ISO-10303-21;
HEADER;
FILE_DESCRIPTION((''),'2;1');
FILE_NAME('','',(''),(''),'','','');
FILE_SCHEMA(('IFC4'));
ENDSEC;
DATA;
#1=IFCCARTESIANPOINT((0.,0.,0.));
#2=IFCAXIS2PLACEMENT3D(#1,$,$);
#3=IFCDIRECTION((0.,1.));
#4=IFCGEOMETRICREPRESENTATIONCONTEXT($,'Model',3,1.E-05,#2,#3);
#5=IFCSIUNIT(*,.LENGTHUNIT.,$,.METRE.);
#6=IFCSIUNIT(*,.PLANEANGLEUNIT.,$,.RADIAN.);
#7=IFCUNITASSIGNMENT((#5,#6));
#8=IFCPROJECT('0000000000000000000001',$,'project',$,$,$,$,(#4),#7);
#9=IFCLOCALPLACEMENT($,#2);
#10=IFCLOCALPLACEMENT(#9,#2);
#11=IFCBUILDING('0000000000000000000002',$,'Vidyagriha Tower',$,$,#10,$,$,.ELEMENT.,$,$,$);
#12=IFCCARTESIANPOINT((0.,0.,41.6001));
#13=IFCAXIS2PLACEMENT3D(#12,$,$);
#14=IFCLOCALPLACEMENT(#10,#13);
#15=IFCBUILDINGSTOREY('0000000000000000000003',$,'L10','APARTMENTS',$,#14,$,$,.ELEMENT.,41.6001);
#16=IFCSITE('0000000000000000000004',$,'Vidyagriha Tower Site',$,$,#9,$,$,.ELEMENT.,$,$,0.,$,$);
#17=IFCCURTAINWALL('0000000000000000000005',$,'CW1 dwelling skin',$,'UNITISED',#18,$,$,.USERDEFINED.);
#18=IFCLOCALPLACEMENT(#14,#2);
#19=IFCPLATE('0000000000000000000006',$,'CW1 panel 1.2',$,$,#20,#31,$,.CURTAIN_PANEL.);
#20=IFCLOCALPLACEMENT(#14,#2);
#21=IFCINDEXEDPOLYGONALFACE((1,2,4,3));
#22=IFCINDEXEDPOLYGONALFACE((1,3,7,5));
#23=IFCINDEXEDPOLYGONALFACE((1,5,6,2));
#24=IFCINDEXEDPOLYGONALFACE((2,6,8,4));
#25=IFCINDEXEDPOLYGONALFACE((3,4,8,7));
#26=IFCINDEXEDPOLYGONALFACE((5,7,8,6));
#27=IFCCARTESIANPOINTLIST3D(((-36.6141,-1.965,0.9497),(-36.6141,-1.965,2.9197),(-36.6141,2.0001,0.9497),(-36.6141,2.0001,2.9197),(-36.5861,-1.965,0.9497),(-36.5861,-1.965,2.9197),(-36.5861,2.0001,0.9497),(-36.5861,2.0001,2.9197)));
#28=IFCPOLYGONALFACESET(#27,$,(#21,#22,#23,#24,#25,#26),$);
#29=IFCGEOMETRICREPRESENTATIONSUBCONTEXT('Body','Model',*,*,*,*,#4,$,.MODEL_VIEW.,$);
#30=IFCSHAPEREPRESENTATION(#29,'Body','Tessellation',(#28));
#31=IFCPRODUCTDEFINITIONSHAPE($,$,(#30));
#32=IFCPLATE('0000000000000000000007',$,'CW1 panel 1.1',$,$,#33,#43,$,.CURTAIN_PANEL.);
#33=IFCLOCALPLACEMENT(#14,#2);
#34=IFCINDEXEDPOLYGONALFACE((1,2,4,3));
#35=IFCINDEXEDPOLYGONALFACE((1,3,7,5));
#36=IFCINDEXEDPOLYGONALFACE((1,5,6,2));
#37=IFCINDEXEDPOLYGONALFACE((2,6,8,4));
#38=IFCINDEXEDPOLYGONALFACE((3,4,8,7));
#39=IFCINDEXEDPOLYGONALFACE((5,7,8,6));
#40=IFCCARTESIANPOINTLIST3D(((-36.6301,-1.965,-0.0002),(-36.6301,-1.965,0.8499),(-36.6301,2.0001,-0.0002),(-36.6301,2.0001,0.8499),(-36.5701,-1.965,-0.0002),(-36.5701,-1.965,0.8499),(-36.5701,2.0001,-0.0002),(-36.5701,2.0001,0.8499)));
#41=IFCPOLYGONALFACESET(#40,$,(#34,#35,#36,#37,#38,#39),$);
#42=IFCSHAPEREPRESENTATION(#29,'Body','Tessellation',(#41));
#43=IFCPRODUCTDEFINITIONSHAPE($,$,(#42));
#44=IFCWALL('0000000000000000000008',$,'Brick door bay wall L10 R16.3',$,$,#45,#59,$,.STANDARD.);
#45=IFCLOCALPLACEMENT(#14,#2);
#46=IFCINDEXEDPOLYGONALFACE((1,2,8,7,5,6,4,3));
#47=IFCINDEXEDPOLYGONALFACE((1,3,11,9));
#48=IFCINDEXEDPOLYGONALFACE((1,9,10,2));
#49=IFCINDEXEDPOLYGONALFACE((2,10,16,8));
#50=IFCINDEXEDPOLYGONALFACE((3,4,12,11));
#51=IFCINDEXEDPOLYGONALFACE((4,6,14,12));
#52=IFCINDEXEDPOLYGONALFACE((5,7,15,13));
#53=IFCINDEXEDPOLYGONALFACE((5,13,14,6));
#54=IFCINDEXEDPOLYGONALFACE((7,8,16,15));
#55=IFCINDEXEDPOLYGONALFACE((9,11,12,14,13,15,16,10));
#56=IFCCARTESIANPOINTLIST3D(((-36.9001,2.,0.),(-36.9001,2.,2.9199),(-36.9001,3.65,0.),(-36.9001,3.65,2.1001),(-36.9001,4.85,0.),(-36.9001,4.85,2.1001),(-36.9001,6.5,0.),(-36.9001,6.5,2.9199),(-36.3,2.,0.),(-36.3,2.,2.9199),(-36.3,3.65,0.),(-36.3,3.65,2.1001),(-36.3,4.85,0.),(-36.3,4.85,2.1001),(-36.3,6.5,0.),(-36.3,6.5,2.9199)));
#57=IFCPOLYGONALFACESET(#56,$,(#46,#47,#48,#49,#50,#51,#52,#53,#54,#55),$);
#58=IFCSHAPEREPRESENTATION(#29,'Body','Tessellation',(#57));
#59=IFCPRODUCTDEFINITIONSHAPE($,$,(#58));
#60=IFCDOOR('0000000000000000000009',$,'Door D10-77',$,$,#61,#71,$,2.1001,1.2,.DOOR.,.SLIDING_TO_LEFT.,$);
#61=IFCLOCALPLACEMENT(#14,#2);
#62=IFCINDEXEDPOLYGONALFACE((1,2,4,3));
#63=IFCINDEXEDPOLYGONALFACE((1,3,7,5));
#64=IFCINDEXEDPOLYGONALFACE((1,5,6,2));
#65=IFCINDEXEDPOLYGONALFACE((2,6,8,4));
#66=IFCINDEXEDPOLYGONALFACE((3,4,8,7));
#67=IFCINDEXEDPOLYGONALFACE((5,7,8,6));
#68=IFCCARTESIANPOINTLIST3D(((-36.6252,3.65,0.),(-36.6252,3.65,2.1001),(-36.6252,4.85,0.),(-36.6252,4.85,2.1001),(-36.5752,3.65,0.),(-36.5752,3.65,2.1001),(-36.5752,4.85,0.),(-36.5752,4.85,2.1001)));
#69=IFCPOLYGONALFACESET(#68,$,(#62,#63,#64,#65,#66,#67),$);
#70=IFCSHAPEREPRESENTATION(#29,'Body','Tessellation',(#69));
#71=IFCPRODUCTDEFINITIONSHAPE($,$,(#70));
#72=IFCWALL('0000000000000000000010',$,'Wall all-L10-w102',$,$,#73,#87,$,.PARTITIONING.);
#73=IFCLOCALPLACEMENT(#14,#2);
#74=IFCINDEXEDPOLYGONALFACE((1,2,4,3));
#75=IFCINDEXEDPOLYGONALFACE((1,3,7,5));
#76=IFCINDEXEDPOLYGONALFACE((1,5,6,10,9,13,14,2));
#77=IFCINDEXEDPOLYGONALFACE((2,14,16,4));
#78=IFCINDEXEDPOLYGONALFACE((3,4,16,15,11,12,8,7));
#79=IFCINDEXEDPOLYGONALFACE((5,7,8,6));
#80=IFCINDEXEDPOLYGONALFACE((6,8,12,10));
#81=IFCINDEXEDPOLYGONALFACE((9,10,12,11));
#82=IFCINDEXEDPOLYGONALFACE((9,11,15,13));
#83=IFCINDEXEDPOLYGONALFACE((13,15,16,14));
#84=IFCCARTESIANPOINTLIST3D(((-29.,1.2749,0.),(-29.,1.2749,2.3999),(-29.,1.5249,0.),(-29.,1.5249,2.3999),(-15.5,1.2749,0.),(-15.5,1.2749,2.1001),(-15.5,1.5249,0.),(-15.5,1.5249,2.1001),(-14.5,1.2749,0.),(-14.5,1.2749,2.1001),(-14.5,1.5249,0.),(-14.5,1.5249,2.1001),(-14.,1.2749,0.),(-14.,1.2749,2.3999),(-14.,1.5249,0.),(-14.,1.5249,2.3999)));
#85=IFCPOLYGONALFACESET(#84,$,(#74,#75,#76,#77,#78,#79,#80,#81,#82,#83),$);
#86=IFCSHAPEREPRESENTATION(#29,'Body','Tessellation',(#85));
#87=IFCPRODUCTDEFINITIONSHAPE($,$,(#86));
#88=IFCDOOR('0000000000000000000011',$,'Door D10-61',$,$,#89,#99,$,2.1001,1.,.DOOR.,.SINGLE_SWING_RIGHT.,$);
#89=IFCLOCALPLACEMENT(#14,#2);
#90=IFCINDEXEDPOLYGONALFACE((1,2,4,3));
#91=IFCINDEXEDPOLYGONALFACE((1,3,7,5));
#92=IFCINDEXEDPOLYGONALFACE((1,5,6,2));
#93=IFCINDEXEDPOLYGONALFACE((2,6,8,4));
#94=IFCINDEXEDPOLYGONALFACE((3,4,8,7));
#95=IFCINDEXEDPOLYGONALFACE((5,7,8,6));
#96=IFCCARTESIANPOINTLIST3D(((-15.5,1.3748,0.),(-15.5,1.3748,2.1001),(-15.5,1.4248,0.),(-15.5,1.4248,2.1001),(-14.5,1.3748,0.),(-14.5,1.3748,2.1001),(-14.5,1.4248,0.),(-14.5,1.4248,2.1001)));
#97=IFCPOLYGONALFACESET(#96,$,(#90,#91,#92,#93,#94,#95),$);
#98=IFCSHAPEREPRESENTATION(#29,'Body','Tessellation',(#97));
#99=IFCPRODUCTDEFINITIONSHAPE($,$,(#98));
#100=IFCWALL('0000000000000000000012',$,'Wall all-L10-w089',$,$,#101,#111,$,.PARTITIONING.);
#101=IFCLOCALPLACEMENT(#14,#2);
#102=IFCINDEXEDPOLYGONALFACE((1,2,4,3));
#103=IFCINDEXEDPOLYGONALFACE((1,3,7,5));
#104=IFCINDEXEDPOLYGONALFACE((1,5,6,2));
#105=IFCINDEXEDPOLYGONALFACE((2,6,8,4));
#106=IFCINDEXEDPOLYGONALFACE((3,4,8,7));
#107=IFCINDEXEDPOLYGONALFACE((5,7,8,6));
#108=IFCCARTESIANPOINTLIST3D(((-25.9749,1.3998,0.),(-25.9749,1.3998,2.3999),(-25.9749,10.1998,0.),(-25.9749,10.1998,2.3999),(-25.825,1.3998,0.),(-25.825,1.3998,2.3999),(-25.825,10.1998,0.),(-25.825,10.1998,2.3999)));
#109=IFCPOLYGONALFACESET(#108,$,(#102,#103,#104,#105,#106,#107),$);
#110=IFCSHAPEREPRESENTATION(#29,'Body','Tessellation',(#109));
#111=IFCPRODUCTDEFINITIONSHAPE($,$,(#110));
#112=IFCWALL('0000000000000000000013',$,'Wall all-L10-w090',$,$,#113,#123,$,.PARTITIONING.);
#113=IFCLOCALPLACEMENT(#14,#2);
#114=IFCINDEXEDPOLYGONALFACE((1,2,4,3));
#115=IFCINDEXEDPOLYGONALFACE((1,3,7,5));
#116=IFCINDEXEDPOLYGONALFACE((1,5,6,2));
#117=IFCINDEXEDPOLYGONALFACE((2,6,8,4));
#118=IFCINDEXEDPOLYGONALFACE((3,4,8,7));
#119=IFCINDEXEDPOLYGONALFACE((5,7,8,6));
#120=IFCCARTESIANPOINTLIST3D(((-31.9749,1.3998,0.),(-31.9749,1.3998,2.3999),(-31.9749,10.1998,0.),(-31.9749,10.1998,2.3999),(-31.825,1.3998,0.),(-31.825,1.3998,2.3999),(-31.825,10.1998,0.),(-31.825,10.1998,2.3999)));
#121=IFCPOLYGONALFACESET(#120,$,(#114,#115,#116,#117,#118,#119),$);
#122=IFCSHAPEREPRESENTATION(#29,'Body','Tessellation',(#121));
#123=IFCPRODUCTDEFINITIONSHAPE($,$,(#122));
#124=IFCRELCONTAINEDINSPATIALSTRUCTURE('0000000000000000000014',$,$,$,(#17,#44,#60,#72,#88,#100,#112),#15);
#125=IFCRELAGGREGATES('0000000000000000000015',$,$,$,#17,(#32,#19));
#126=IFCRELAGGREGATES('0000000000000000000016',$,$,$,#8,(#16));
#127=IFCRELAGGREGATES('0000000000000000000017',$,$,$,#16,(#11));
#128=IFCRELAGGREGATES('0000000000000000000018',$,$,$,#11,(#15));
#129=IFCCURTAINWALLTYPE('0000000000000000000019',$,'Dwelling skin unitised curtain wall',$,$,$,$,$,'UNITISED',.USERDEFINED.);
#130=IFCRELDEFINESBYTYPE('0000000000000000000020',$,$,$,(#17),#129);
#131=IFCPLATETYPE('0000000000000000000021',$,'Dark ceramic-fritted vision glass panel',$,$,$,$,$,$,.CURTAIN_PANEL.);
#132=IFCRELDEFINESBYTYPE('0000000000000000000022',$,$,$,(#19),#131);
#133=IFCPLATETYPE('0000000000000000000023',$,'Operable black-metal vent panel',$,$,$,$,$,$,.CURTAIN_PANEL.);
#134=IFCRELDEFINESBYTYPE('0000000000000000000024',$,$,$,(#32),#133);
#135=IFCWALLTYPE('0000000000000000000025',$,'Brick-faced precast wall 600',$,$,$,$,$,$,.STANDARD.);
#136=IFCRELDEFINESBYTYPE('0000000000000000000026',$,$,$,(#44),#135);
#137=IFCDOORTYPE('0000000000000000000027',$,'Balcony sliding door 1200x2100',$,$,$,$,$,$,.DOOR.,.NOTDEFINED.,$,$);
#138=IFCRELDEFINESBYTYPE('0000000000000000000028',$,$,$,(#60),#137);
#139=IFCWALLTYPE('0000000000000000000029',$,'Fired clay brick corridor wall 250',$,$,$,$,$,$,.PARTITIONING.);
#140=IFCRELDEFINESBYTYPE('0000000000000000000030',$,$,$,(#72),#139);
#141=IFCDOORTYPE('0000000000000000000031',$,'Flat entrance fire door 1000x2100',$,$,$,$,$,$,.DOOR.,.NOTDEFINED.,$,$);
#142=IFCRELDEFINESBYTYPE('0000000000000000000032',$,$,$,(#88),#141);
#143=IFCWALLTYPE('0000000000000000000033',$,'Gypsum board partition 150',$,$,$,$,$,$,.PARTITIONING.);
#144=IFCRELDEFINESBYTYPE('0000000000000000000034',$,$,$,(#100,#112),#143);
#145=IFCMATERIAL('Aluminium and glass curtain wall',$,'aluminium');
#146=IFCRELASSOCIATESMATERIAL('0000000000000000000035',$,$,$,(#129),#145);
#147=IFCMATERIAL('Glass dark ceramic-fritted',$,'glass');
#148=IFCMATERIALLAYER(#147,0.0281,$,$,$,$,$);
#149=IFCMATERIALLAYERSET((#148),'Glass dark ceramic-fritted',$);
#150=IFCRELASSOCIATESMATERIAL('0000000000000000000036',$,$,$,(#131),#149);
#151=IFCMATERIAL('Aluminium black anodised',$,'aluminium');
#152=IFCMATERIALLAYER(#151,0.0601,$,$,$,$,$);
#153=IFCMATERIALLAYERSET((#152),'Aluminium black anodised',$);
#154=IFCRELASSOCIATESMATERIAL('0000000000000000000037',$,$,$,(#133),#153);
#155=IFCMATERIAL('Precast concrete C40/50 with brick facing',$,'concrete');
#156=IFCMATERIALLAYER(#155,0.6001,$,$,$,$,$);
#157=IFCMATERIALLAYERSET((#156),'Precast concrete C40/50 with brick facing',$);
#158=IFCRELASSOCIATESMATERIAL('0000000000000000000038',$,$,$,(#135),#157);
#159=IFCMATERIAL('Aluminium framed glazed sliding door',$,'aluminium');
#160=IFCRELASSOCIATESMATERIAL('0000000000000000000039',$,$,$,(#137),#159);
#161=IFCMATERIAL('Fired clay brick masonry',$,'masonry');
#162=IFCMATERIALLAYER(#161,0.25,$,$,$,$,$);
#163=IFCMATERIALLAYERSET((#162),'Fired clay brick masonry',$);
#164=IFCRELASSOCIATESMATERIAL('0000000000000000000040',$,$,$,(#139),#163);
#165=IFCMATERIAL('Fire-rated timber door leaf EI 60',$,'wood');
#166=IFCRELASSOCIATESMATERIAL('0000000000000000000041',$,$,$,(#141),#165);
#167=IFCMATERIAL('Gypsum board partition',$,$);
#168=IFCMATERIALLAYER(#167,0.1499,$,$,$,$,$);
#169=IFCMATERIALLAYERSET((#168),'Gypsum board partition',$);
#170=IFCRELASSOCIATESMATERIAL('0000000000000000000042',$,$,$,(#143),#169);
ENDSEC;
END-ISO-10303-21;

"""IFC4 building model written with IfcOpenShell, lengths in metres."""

from ifc_helpers import new_model, si_unit, direction, frame, frame_2d, origin, origin_2d, place, context, subcontext, project, spatial, rectangle, extrude, material, layer, layer_set, type_object, element, fill, aggregate, save


model = new_model("IFC4")

# Units and contexts
model_context = context("Model", 3, precision=1e-05, world=origin(), true_north=direction((0.0, 1.0)))
body_context = subcontext(model_context, "Body", "Model", "MODEL_VIEW")
ifc_project = project(units=[si_unit("LENGTHUNIT", "METRE"), si_unit("PLANEANGLEUNIT", "RADIAN")], contexts=[model_context])

# Site, building, storey
site_placement = place(None, origin())
site = spatial("IfcSite", under=ifc_project, at=site_placement, Name="Vidyagriha Tower Site", CompositionType="ELEMENT", RefElevation=0.0)
building_placement = place(site_placement, origin())
building = spatial("IfcBuilding", under=site, at=building_placement, Name="Vidyagriha Tower", CompositionType="ELEMENT")
storey_placement = place(building_placement, frame((0.0, 0.0, 41.6001)))
storey = spatial("IfcBuildingStorey", under=building, at=storey_placement, Name="L10", Description="APARTMENTS", CompositionType="ELEMENT", Elevation=41.6001)

# Shared definitions
ifc_material_1 = material(Name="Aluminium and glass curtain wall", Category="aluminium")
curtain_wall_type = type_object("IfcCurtainWallType", Name="Dwelling skin unitised curtain wall", ElementType="UNITISED", PredefinedType="USERDEFINED", material=ifc_material_1)

# Curtain wall
curtain_wall_1_placement = place(storey_placement, origin())
curtain_wall_1 = element("IfcCurtainWall", 1, at=curtain_wall_1_placement, inside=storey, type_object=curtain_wall_type, Name="CW1 dwelling skin", ObjectType="UNITISED", PredefinedType="USERDEFINED")

# Plates
ifc_material_2 = material(Name="Glass dark ceramic-fritted", Category="glass")
ifc_layer_1 = layer(ifc_material_2, 0.0281)
ifc_layer_set_1 = layer_set([ifc_layer_1], Name="Glass dark ceramic-fritted")
plate_type_1 = type_object("IfcPlateType", Name="Dark ceramic-fritted vision glass panel", PredefinedType="CURTAIN_PANEL", material=ifc_layer_set_1)
plate_1_placement = place(storey_placement, frame((-36.6001, 0.0176, 0.9497), z_axis=(0.0, 0.0, 1.0), x_axis=(0.0, -1.0, 0.0)))
plate_1 = element("IfcPlate", 2, at=plate_1_placement, type_object=plate_type_1, Name="CW1 panel 1.2", PredefinedType="CURTAIN_PANEL", context=body_context, shape_type="SweptSolid", body=[
    extrude(rectangle(XDim=3.9651, YDim=0.0281, at=origin_2d()), origin(), (0.0, 0.0, 1.0), 1.97),
])
ifc_material_3 = material(Name="Aluminium black anodised", Category="aluminium")
ifc_layer_2 = layer(ifc_material_3, 0.0601)
ifc_layer_set_2 = layer_set([ifc_layer_2], Name="Aluminium black anodised")
plate_type_2 = type_object("IfcPlateType", Name="Operable black-metal vent panel", PredefinedType="CURTAIN_PANEL", material=ifc_layer_set_2)
plate_2_placement = place(storey_placement, frame((-36.6001, 0.0176, -0.0002), z_axis=(0.0, 0.0, 1.0), x_axis=(0.0, -1.0, 0.0)))
plate_2 = element("IfcPlate", 3, at=plate_2_placement, type_object=plate_type_2, Name="CW1 panel 1.1", PredefinedType="CURTAIN_PANEL", context=body_context, shape_type="SweptSolid", body=[
    extrude(rectangle(XDim=3.9651, YDim=0.0601, at=origin_2d()), origin(), (0.0, 0.0, 1.0), 0.8501),
])
aggregate(curtain_wall_1, [plate_2, plate_1])

# Walls, openings, doors
ifc_material_4 = material(Name="Precast concrete C40/50 with brick facing", Category="concrete")
ifc_layer_3 = layer(ifc_material_4, 0.6001)
ifc_layer_set_3 = layer_set([ifc_layer_3], Name="Precast concrete C40/50 with brick facing")
wall_type_1 = type_object("IfcWallType", Name="Brick-faced precast wall 600", PredefinedType="STANDARD", material=ifc_layer_set_3)
wall_1_placement = place(storey_placement, frame((-36.6001, 6.5, 0.0), z_axis=(0.0, 0.0, 1.0), x_axis=(0.0, -1.0, 0.0)))
wall_1 = element("IfcWall", 4, at=wall_1_placement, inside=storey, type_object=wall_type_1, Name="Brick door bay wall L10 R16.3", PredefinedType="STANDARD", context=body_context, shape_type="SweptSolid", body=[
    extrude(rectangle(XDim=4.5, YDim=0.6001, at=frame_2d((2.25, 0.0))), origin(), (0.0, 0.0, 1.0), 2.9199),
])
opening_1_placement = place(wall_1_placement, frame((1.6499, 0.0, 0.0)))
opening_1 = element("IfcOpeningElement", 5, at=opening_1_placement, cuts=wall_1, PredefinedType="OPENING", context=body_context, shape_type="SweptSolid", body=[
    extrude(rectangle(XDim=1.2, YDim=2.1001, at=frame_2d((0.6001, 1.05))), frame((0.0, 0.3101, 0.0), z_axis=(0.0, -1.0, 0.0), x_axis=(1.0, 0.0, 0.0)), (0.0, 0.0, 1.0), 0.6201),
])
ifc_material_5 = material(Name="Aluminium framed glazed sliding door", Category="aluminium")
door_type_1 = type_object("IfcDoorType", Name="Balcony sliding door 1200x2100", OperationType="NOTDEFINED", PredefinedType="DOOR", material=ifc_material_5)
door_1_placement = place(opening_1_placement, origin())
door_1 = element("IfcDoor", 6, at=door_1_placement, inside=storey, type_object=door_type_1, Name="Door D10-77", OperationType="SLIDING_TO_LEFT", OverallHeight=2.1001, OverallWidth=1.2, PredefinedType="DOOR", context=body_context, shape_type="SweptSolid", body=[
    extrude(rectangle(XDim=1.2, YDim=2.1001, at=frame_2d((0.6001, 1.05))), frame((0.0, 0.0249, 0.0), z_axis=(0.0, -1.0, 0.0), x_axis=(1.0, 0.0, 0.0)), (0.0, 0.0, 1.0), 0.05),
])
fill(opening_1, door_1)
ifc_material_6 = material(Name="Fired clay brick masonry", Category="masonry")
ifc_layer_4 = layer(ifc_material_6, 0.25)
ifc_layer_set_4 = layer_set([ifc_layer_4], Name="Fired clay brick masonry")
wall_type_2 = type_object("IfcWallType", Name="Fired clay brick corridor wall 250", PredefinedType="PARTITIONING", material=ifc_layer_set_4)
wall_2_placement = place(storey_placement, frame((-29.0, 1.3999, 0.0)))
wall_2 = element("IfcWall", 7, at=wall_2_placement, inside=storey, type_object=wall_type_2, Name="Wall all-L10-w102", PredefinedType="PARTITIONING", context=body_context, shape_type="SweptSolid", body=[
    extrude(rectangle(XDim=15.0, YDim=0.25, at=frame_2d((7.5, 0.0))), origin(), (0.0, 0.0, 1.0), 2.3999),
])
opening_2_placement = place(wall_2_placement, frame((13.5, 0.0, 0.0)))
opening_2 = element("IfcOpeningElement", 8, at=opening_2_placement, cuts=wall_2, PredefinedType="OPENING", context=body_context, shape_type="SweptSolid", body=[
    extrude(rectangle(XDim=1.0, YDim=2.1001, at=frame_2d((0.5, 1.05))), frame((0.0, 0.135, 0.0), z_axis=(0.0, -1.0, 0.0), x_axis=(1.0, 0.0, 0.0)), (0.0, 0.0, 1.0), 0.27),
])
ifc_material_7 = material(Name="Fire-rated timber door leaf EI 60", Category="wood")
door_type_2 = type_object("IfcDoorType", Name="Flat entrance fire door 1000x2100", OperationType="NOTDEFINED", PredefinedType="DOOR", material=ifc_material_7)
door_2_placement = place(opening_2_placement, origin())
door_2 = element("IfcDoor", 9, at=door_2_placement, inside=storey, type_object=door_type_2, Name="Door D10-61", OperationType="SINGLE_SWING_RIGHT", OverallHeight=2.1001, OverallWidth=1.0, PredefinedType="DOOR", context=body_context, shape_type="SweptSolid", body=[
    extrude(rectangle(XDim=1.0, YDim=2.1001, at=frame_2d((0.5, 1.05))), frame((0.0, 0.0249, 0.0), z_axis=(0.0, -1.0, 0.0), x_axis=(1.0, 0.0, 0.0)), (0.0, 0.0, 1.0), 0.05),
])
fill(opening_2, door_2)

# Walls
ifc_material_8 = material(Name="Gypsum board partition")
ifc_layer_5 = layer(ifc_material_8, 0.1499)
ifc_layer_set_5 = layer_set([ifc_layer_5], Name="Gypsum board partition")
wall_type_3 = type_object("IfcWallType", Name="Gypsum board partition 150", PredefinedType="PARTITIONING", material=ifc_layer_set_5)
for number, where, z_axis, x_axis, name in (
    (10, (-25.8999, 1.3999, 0.0), (0.0, 0.0, 1.0), (0.0, 1.0, 0.0), "Wall all-L10-w089"),
    (11, (-31.8999, 1.3999, 0.0), (0.0, 0.0, 1.0), (0.0, 1.0, 0.0), "Wall all-L10-w090"),
):
    element("IfcWall", number, at=place(storey_placement, frame(where, z_axis=z_axis, x_axis=x_axis)), inside=storey, type_object=wall_type_3, Name=name, PredefinedType="PARTITIONING", context=body_context, shape_type="SweptSolid", body=[
        extrude(rectangle(XDim=8.8, YDim=0.1499, at=frame_2d((4.3999, 0.0))), origin(), (0.0, 0.0, 1.0), 2.3999),
    ])

save(model, "model.ifc")
